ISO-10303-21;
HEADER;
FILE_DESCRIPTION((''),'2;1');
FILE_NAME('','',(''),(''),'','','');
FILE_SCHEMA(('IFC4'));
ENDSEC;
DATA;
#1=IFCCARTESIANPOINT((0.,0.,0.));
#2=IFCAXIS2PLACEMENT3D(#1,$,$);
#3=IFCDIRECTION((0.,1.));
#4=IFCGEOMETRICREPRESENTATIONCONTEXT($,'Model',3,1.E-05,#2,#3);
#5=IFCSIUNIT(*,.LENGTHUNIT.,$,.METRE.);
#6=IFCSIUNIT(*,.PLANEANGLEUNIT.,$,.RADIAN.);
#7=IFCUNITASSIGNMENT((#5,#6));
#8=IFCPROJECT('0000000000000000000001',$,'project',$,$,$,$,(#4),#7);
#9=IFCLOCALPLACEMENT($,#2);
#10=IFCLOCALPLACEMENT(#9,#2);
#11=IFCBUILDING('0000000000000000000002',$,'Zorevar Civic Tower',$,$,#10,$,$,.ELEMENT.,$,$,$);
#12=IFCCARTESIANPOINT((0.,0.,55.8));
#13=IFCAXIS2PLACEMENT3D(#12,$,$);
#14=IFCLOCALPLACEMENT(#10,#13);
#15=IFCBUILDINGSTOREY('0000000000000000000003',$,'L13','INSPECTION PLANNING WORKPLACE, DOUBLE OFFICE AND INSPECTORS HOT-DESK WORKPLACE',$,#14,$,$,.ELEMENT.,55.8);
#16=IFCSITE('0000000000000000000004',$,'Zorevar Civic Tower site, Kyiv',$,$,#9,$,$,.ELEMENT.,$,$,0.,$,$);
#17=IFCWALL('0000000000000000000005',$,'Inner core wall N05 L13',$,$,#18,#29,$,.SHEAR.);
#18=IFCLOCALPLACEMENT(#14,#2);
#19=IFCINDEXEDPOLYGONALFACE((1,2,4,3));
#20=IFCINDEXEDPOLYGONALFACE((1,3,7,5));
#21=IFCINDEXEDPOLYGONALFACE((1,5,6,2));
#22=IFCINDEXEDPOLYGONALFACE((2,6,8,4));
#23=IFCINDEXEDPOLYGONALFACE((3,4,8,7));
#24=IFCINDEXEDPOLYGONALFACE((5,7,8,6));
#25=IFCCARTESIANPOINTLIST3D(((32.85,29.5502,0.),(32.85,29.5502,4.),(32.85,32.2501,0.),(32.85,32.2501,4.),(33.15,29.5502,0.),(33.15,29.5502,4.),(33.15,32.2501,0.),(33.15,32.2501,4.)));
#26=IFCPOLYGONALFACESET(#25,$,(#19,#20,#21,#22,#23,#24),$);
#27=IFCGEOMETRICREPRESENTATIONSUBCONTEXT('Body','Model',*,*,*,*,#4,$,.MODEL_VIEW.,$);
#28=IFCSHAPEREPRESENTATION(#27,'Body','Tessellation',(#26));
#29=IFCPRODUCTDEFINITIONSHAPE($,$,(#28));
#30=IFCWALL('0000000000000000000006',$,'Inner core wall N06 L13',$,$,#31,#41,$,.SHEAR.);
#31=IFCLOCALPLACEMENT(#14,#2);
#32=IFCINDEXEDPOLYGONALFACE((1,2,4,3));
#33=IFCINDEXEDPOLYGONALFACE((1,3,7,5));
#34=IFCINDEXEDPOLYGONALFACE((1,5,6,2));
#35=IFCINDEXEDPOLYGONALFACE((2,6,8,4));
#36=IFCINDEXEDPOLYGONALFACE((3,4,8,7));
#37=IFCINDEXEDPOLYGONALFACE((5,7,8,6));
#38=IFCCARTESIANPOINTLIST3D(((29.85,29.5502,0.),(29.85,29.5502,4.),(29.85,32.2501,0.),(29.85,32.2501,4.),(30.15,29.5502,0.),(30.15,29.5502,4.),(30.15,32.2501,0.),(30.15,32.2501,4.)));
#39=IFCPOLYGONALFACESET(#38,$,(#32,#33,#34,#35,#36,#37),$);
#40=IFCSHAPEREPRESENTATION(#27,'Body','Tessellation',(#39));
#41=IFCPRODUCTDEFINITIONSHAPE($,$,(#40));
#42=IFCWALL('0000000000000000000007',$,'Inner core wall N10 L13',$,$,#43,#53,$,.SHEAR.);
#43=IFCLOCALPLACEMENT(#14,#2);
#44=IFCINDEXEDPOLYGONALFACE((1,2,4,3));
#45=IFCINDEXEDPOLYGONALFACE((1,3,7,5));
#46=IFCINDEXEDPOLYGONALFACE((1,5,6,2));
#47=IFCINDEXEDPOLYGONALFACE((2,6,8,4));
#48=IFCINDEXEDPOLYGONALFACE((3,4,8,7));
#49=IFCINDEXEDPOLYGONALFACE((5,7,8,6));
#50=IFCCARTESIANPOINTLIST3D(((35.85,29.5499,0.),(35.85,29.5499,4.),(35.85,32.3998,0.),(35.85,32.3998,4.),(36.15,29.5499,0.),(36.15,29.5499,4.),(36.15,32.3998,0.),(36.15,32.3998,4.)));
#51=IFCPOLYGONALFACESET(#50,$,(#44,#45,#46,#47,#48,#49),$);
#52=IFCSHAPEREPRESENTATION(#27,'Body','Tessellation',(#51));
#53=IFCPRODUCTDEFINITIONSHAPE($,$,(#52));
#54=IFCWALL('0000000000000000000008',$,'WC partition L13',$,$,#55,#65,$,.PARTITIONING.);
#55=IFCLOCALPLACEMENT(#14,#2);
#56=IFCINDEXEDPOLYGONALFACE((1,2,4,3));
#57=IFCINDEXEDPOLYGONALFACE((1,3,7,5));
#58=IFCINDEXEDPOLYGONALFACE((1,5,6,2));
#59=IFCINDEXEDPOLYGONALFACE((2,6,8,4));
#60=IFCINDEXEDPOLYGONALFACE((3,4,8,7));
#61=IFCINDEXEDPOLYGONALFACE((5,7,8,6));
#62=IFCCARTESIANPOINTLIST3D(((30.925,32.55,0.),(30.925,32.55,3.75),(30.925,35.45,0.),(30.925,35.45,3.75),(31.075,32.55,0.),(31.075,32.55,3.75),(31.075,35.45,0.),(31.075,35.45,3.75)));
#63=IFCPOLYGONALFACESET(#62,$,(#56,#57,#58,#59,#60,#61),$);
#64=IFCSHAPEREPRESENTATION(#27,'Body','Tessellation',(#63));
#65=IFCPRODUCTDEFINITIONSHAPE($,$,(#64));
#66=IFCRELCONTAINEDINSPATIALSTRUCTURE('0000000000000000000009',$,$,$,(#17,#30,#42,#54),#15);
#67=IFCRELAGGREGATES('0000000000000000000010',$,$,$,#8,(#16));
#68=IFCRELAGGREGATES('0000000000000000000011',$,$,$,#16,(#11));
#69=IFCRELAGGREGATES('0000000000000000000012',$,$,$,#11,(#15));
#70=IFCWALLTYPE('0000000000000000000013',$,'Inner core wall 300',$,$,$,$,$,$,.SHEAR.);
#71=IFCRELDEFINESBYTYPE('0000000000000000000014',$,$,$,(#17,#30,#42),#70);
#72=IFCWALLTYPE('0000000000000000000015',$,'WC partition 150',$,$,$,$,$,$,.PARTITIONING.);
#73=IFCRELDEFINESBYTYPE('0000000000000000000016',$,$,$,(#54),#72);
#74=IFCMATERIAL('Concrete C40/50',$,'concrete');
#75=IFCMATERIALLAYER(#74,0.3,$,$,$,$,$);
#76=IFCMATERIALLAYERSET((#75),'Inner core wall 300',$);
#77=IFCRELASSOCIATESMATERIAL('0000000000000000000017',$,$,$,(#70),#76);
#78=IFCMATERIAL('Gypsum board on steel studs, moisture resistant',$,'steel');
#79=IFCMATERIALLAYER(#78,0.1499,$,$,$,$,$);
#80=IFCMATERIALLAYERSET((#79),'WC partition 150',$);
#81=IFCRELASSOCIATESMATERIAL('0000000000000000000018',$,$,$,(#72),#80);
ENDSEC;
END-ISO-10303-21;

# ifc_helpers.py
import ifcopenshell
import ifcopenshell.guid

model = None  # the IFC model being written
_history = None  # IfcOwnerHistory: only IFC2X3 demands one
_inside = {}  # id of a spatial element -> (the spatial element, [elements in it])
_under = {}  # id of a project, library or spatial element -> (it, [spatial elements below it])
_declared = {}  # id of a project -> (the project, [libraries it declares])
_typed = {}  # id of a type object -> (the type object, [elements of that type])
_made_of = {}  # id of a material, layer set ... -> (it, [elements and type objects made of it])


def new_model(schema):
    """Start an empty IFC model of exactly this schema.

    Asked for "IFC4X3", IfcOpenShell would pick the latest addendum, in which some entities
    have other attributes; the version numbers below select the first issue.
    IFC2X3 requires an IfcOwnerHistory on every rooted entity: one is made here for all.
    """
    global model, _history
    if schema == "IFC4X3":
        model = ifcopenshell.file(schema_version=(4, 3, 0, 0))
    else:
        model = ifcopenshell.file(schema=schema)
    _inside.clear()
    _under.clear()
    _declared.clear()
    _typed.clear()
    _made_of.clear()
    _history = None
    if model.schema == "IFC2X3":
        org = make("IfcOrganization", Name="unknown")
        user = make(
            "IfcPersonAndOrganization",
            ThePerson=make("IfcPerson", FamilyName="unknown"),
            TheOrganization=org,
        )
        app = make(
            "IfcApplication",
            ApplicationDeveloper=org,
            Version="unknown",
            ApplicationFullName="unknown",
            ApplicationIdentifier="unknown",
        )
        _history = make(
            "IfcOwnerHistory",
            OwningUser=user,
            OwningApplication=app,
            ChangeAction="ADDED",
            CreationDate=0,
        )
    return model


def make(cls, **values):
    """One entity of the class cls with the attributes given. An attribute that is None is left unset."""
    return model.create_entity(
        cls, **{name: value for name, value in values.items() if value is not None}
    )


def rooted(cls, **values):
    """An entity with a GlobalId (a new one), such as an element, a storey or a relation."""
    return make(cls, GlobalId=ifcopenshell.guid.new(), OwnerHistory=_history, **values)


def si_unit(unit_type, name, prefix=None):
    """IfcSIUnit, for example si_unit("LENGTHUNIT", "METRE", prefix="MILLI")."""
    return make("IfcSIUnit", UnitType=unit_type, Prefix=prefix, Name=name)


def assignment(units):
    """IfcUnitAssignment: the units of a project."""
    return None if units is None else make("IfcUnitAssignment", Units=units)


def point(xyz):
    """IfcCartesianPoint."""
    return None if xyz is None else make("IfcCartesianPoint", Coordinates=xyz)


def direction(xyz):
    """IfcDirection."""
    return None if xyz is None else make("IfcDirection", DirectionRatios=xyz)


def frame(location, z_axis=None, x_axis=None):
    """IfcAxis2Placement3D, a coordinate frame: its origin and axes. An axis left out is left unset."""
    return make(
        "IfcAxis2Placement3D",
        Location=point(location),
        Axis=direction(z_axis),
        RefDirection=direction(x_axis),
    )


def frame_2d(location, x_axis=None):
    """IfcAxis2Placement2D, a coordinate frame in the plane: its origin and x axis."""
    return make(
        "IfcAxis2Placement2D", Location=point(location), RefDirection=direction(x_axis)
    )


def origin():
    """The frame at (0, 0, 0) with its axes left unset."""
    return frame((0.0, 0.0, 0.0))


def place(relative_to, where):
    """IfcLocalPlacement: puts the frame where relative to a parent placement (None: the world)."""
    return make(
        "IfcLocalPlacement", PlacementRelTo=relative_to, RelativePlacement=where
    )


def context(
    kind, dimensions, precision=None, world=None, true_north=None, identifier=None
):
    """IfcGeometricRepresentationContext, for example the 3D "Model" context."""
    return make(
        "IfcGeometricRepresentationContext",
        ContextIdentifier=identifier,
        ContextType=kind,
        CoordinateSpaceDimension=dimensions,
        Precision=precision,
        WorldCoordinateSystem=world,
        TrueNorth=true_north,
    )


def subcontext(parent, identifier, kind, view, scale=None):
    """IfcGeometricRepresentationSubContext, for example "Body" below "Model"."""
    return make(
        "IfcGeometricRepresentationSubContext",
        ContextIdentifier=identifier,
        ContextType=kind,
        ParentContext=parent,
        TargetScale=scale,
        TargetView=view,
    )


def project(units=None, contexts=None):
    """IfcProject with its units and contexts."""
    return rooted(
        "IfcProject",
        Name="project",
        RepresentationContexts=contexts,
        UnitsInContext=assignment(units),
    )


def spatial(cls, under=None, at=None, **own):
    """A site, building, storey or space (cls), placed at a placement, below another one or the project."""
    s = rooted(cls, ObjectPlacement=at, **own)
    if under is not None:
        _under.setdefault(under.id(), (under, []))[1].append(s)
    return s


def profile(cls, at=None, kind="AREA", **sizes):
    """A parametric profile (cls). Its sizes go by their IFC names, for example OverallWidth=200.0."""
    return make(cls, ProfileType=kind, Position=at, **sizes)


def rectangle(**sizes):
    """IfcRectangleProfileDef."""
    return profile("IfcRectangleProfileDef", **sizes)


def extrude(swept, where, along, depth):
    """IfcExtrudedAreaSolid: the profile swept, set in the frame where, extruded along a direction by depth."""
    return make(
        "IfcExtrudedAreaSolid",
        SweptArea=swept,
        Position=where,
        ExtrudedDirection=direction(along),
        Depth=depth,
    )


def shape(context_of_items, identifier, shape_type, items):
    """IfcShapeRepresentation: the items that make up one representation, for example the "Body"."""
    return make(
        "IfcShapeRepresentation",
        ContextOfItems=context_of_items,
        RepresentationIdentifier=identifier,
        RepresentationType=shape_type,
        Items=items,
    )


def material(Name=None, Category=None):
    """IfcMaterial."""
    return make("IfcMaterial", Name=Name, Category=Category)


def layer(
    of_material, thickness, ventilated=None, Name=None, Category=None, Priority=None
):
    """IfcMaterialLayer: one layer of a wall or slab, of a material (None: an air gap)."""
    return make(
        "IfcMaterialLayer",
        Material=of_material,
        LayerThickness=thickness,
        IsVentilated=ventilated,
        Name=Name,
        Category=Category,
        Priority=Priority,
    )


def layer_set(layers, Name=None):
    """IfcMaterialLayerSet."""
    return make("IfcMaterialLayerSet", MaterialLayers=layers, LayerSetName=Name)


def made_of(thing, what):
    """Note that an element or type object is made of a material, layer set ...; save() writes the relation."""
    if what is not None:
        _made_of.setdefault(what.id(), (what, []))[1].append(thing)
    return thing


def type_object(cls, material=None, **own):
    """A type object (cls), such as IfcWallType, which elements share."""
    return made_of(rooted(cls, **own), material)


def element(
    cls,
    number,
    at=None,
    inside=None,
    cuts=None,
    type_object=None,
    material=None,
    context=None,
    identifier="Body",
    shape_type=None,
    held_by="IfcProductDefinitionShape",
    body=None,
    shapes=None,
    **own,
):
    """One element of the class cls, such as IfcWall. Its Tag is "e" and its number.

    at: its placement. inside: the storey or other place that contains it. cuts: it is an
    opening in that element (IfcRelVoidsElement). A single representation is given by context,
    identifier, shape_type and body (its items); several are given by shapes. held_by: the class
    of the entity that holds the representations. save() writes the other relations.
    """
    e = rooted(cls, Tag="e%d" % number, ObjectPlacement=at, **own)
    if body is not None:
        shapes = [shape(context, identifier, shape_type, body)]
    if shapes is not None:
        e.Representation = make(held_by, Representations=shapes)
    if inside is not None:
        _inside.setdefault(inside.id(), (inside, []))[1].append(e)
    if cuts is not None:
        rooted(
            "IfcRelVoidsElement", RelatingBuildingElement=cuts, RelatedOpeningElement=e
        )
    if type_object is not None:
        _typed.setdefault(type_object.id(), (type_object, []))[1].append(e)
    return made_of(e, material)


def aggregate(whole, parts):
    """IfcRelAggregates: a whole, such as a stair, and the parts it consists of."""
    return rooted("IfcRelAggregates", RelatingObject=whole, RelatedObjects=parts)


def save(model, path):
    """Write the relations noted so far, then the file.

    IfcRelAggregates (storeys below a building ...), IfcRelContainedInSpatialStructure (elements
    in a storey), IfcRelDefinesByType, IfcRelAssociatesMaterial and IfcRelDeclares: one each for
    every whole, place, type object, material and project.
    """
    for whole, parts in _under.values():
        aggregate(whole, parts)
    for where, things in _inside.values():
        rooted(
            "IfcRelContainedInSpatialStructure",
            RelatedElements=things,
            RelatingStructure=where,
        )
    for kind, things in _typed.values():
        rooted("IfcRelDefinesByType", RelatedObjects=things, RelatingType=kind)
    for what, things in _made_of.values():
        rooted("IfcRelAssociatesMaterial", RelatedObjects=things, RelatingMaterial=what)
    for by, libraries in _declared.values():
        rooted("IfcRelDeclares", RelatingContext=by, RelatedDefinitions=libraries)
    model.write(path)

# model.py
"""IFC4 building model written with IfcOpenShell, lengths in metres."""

from ifc_helpers import new_model, si_unit, direction, frame, frame_2d, origin, place, context, subcontext, project, spatial, rectangle, extrude, material, layer, layer_set, type_object, element, save


model = new_model("IFC4")

# Units and contexts
model_context = context("Model", 3, precision=1e-05, world=origin(), true_north=direction((0.0, 1.0)))
body_context = subcontext(model_context, "Body", "Model", "MODEL_VIEW")
ifc_project = project(units=[si_unit("LENGTHUNIT", "METRE"), si_unit("PLANEANGLEUNIT", "RADIAN")], contexts=[model_context])

# Site, building, storey
site_placement = place(None, origin())
site = spatial("IfcSite", under=ifc_project, at=site_placement, Name="Zorevar Civic Tower site, Kyiv", CompositionType="ELEMENT", RefElevation=0.0)
building_placement = place(site_placement, origin())
building = spatial("IfcBuilding", under=site, at=building_placement, Name="Zorevar Civic Tower", CompositionType="ELEMENT")
storey_placement = place(building_placement, frame((0.0, 0.0, 55.8)))
storey = spatial("IfcBuildingStorey", under=building, at=storey_placement, Name="L13", Description="INSPECTION PLANNING WORKPLACE, DOUBLE OFFICE AND INSPECTORS HOT-DESK WORKPLACE", CompositionType="ELEMENT", Elevation=55.8)

# Shared definitions
ifc_material_1 = material(Name="Concrete C40/50", Category="concrete")
ifc_layer_1 = layer(ifc_material_1, 0.3)
ifc_layer_set_1 = layer_set([ifc_layer_1], Name="Inner core wall 300")
wall_type_1 = type_object("IfcWallType", Name="Inner core wall 300", PredefinedType="SHEAR", material=ifc_layer_set_1)

# Walls
for number, where, z_axis, x_axis, name in (
    (1, (33.0, 29.55, 0.0), (0.0, 0.0, 1.0), (0.0, 1.0, 0.0), "Inner core wall N05 L13"),
    (2, (30.0, 29.55, 0.0), (0.0, 0.0, 1.0), (0.0, 1.0, 0.0), "Inner core wall N06 L13"),
):
    element("IfcWall", number, at=place(storey_placement, frame(where, z_axis=z_axis, x_axis=x_axis)), inside=storey, type_object=wall_type_1, Name=name, PredefinedType="SHEAR", context=body_context, shape_type="SweptSolid", body=[
        extrude(rectangle(XDim=2.7, YDim=0.3, at=frame_2d((1.3501, 0.0))), origin(), (0.0, 0.0, 1.0), 4.0),
    ])
wall_1_placement = place(storey_placement, frame((36.0, 29.55, 0.0), z_axis=(0.0, 0.0, 1.0), x_axis=(0.0, 1.0, 0.0)))
element("IfcWall", 3, at=wall_1_placement, inside=storey, type_object=wall_type_1, Name="Inner core wall N10 L13", PredefinedType="SHEAR", context=body_context, shape_type="SweptSolid", body=[
    extrude(rectangle(XDim=2.8499, YDim=0.3, at=frame_2d((1.4248, 0.0))), origin(), (0.0, 0.0, 1.0), 4.0),
])
ifc_material_2 = material(Name="Gypsum board on steel studs, moisture resistant", Category="steel")
ifc_layer_2 = layer(ifc_material_2, 0.1499)
ifc_layer_set_2 = layer_set([ifc_layer_2], Name="WC partition 150")
wall_type_2 = type_object("IfcWallType", Name="WC partition 150", PredefinedType="PARTITIONING", material=ifc_layer_set_2)
wall_2_placement = place(storey_placement, frame((31.0, 32.55, 0.0), z_axis=(0.0, 0.0, 1.0), x_axis=(0.0, 1.0, 0.0)))
element("IfcWall", 4, at=wall_2_placement, inside=storey, type_object=wall_type_2, Name="WC partition L13", PredefinedType="PARTITIONING", context=body_context, shape_type="SweptSolid", body=[
    extrude(rectangle(XDim=2.8999, YDim=0.1499, at=frame_2d((1.45, 0.0))), origin(), (0.0, 0.0, 1.0), 3.75),
])

save(model, "model.ifc")
